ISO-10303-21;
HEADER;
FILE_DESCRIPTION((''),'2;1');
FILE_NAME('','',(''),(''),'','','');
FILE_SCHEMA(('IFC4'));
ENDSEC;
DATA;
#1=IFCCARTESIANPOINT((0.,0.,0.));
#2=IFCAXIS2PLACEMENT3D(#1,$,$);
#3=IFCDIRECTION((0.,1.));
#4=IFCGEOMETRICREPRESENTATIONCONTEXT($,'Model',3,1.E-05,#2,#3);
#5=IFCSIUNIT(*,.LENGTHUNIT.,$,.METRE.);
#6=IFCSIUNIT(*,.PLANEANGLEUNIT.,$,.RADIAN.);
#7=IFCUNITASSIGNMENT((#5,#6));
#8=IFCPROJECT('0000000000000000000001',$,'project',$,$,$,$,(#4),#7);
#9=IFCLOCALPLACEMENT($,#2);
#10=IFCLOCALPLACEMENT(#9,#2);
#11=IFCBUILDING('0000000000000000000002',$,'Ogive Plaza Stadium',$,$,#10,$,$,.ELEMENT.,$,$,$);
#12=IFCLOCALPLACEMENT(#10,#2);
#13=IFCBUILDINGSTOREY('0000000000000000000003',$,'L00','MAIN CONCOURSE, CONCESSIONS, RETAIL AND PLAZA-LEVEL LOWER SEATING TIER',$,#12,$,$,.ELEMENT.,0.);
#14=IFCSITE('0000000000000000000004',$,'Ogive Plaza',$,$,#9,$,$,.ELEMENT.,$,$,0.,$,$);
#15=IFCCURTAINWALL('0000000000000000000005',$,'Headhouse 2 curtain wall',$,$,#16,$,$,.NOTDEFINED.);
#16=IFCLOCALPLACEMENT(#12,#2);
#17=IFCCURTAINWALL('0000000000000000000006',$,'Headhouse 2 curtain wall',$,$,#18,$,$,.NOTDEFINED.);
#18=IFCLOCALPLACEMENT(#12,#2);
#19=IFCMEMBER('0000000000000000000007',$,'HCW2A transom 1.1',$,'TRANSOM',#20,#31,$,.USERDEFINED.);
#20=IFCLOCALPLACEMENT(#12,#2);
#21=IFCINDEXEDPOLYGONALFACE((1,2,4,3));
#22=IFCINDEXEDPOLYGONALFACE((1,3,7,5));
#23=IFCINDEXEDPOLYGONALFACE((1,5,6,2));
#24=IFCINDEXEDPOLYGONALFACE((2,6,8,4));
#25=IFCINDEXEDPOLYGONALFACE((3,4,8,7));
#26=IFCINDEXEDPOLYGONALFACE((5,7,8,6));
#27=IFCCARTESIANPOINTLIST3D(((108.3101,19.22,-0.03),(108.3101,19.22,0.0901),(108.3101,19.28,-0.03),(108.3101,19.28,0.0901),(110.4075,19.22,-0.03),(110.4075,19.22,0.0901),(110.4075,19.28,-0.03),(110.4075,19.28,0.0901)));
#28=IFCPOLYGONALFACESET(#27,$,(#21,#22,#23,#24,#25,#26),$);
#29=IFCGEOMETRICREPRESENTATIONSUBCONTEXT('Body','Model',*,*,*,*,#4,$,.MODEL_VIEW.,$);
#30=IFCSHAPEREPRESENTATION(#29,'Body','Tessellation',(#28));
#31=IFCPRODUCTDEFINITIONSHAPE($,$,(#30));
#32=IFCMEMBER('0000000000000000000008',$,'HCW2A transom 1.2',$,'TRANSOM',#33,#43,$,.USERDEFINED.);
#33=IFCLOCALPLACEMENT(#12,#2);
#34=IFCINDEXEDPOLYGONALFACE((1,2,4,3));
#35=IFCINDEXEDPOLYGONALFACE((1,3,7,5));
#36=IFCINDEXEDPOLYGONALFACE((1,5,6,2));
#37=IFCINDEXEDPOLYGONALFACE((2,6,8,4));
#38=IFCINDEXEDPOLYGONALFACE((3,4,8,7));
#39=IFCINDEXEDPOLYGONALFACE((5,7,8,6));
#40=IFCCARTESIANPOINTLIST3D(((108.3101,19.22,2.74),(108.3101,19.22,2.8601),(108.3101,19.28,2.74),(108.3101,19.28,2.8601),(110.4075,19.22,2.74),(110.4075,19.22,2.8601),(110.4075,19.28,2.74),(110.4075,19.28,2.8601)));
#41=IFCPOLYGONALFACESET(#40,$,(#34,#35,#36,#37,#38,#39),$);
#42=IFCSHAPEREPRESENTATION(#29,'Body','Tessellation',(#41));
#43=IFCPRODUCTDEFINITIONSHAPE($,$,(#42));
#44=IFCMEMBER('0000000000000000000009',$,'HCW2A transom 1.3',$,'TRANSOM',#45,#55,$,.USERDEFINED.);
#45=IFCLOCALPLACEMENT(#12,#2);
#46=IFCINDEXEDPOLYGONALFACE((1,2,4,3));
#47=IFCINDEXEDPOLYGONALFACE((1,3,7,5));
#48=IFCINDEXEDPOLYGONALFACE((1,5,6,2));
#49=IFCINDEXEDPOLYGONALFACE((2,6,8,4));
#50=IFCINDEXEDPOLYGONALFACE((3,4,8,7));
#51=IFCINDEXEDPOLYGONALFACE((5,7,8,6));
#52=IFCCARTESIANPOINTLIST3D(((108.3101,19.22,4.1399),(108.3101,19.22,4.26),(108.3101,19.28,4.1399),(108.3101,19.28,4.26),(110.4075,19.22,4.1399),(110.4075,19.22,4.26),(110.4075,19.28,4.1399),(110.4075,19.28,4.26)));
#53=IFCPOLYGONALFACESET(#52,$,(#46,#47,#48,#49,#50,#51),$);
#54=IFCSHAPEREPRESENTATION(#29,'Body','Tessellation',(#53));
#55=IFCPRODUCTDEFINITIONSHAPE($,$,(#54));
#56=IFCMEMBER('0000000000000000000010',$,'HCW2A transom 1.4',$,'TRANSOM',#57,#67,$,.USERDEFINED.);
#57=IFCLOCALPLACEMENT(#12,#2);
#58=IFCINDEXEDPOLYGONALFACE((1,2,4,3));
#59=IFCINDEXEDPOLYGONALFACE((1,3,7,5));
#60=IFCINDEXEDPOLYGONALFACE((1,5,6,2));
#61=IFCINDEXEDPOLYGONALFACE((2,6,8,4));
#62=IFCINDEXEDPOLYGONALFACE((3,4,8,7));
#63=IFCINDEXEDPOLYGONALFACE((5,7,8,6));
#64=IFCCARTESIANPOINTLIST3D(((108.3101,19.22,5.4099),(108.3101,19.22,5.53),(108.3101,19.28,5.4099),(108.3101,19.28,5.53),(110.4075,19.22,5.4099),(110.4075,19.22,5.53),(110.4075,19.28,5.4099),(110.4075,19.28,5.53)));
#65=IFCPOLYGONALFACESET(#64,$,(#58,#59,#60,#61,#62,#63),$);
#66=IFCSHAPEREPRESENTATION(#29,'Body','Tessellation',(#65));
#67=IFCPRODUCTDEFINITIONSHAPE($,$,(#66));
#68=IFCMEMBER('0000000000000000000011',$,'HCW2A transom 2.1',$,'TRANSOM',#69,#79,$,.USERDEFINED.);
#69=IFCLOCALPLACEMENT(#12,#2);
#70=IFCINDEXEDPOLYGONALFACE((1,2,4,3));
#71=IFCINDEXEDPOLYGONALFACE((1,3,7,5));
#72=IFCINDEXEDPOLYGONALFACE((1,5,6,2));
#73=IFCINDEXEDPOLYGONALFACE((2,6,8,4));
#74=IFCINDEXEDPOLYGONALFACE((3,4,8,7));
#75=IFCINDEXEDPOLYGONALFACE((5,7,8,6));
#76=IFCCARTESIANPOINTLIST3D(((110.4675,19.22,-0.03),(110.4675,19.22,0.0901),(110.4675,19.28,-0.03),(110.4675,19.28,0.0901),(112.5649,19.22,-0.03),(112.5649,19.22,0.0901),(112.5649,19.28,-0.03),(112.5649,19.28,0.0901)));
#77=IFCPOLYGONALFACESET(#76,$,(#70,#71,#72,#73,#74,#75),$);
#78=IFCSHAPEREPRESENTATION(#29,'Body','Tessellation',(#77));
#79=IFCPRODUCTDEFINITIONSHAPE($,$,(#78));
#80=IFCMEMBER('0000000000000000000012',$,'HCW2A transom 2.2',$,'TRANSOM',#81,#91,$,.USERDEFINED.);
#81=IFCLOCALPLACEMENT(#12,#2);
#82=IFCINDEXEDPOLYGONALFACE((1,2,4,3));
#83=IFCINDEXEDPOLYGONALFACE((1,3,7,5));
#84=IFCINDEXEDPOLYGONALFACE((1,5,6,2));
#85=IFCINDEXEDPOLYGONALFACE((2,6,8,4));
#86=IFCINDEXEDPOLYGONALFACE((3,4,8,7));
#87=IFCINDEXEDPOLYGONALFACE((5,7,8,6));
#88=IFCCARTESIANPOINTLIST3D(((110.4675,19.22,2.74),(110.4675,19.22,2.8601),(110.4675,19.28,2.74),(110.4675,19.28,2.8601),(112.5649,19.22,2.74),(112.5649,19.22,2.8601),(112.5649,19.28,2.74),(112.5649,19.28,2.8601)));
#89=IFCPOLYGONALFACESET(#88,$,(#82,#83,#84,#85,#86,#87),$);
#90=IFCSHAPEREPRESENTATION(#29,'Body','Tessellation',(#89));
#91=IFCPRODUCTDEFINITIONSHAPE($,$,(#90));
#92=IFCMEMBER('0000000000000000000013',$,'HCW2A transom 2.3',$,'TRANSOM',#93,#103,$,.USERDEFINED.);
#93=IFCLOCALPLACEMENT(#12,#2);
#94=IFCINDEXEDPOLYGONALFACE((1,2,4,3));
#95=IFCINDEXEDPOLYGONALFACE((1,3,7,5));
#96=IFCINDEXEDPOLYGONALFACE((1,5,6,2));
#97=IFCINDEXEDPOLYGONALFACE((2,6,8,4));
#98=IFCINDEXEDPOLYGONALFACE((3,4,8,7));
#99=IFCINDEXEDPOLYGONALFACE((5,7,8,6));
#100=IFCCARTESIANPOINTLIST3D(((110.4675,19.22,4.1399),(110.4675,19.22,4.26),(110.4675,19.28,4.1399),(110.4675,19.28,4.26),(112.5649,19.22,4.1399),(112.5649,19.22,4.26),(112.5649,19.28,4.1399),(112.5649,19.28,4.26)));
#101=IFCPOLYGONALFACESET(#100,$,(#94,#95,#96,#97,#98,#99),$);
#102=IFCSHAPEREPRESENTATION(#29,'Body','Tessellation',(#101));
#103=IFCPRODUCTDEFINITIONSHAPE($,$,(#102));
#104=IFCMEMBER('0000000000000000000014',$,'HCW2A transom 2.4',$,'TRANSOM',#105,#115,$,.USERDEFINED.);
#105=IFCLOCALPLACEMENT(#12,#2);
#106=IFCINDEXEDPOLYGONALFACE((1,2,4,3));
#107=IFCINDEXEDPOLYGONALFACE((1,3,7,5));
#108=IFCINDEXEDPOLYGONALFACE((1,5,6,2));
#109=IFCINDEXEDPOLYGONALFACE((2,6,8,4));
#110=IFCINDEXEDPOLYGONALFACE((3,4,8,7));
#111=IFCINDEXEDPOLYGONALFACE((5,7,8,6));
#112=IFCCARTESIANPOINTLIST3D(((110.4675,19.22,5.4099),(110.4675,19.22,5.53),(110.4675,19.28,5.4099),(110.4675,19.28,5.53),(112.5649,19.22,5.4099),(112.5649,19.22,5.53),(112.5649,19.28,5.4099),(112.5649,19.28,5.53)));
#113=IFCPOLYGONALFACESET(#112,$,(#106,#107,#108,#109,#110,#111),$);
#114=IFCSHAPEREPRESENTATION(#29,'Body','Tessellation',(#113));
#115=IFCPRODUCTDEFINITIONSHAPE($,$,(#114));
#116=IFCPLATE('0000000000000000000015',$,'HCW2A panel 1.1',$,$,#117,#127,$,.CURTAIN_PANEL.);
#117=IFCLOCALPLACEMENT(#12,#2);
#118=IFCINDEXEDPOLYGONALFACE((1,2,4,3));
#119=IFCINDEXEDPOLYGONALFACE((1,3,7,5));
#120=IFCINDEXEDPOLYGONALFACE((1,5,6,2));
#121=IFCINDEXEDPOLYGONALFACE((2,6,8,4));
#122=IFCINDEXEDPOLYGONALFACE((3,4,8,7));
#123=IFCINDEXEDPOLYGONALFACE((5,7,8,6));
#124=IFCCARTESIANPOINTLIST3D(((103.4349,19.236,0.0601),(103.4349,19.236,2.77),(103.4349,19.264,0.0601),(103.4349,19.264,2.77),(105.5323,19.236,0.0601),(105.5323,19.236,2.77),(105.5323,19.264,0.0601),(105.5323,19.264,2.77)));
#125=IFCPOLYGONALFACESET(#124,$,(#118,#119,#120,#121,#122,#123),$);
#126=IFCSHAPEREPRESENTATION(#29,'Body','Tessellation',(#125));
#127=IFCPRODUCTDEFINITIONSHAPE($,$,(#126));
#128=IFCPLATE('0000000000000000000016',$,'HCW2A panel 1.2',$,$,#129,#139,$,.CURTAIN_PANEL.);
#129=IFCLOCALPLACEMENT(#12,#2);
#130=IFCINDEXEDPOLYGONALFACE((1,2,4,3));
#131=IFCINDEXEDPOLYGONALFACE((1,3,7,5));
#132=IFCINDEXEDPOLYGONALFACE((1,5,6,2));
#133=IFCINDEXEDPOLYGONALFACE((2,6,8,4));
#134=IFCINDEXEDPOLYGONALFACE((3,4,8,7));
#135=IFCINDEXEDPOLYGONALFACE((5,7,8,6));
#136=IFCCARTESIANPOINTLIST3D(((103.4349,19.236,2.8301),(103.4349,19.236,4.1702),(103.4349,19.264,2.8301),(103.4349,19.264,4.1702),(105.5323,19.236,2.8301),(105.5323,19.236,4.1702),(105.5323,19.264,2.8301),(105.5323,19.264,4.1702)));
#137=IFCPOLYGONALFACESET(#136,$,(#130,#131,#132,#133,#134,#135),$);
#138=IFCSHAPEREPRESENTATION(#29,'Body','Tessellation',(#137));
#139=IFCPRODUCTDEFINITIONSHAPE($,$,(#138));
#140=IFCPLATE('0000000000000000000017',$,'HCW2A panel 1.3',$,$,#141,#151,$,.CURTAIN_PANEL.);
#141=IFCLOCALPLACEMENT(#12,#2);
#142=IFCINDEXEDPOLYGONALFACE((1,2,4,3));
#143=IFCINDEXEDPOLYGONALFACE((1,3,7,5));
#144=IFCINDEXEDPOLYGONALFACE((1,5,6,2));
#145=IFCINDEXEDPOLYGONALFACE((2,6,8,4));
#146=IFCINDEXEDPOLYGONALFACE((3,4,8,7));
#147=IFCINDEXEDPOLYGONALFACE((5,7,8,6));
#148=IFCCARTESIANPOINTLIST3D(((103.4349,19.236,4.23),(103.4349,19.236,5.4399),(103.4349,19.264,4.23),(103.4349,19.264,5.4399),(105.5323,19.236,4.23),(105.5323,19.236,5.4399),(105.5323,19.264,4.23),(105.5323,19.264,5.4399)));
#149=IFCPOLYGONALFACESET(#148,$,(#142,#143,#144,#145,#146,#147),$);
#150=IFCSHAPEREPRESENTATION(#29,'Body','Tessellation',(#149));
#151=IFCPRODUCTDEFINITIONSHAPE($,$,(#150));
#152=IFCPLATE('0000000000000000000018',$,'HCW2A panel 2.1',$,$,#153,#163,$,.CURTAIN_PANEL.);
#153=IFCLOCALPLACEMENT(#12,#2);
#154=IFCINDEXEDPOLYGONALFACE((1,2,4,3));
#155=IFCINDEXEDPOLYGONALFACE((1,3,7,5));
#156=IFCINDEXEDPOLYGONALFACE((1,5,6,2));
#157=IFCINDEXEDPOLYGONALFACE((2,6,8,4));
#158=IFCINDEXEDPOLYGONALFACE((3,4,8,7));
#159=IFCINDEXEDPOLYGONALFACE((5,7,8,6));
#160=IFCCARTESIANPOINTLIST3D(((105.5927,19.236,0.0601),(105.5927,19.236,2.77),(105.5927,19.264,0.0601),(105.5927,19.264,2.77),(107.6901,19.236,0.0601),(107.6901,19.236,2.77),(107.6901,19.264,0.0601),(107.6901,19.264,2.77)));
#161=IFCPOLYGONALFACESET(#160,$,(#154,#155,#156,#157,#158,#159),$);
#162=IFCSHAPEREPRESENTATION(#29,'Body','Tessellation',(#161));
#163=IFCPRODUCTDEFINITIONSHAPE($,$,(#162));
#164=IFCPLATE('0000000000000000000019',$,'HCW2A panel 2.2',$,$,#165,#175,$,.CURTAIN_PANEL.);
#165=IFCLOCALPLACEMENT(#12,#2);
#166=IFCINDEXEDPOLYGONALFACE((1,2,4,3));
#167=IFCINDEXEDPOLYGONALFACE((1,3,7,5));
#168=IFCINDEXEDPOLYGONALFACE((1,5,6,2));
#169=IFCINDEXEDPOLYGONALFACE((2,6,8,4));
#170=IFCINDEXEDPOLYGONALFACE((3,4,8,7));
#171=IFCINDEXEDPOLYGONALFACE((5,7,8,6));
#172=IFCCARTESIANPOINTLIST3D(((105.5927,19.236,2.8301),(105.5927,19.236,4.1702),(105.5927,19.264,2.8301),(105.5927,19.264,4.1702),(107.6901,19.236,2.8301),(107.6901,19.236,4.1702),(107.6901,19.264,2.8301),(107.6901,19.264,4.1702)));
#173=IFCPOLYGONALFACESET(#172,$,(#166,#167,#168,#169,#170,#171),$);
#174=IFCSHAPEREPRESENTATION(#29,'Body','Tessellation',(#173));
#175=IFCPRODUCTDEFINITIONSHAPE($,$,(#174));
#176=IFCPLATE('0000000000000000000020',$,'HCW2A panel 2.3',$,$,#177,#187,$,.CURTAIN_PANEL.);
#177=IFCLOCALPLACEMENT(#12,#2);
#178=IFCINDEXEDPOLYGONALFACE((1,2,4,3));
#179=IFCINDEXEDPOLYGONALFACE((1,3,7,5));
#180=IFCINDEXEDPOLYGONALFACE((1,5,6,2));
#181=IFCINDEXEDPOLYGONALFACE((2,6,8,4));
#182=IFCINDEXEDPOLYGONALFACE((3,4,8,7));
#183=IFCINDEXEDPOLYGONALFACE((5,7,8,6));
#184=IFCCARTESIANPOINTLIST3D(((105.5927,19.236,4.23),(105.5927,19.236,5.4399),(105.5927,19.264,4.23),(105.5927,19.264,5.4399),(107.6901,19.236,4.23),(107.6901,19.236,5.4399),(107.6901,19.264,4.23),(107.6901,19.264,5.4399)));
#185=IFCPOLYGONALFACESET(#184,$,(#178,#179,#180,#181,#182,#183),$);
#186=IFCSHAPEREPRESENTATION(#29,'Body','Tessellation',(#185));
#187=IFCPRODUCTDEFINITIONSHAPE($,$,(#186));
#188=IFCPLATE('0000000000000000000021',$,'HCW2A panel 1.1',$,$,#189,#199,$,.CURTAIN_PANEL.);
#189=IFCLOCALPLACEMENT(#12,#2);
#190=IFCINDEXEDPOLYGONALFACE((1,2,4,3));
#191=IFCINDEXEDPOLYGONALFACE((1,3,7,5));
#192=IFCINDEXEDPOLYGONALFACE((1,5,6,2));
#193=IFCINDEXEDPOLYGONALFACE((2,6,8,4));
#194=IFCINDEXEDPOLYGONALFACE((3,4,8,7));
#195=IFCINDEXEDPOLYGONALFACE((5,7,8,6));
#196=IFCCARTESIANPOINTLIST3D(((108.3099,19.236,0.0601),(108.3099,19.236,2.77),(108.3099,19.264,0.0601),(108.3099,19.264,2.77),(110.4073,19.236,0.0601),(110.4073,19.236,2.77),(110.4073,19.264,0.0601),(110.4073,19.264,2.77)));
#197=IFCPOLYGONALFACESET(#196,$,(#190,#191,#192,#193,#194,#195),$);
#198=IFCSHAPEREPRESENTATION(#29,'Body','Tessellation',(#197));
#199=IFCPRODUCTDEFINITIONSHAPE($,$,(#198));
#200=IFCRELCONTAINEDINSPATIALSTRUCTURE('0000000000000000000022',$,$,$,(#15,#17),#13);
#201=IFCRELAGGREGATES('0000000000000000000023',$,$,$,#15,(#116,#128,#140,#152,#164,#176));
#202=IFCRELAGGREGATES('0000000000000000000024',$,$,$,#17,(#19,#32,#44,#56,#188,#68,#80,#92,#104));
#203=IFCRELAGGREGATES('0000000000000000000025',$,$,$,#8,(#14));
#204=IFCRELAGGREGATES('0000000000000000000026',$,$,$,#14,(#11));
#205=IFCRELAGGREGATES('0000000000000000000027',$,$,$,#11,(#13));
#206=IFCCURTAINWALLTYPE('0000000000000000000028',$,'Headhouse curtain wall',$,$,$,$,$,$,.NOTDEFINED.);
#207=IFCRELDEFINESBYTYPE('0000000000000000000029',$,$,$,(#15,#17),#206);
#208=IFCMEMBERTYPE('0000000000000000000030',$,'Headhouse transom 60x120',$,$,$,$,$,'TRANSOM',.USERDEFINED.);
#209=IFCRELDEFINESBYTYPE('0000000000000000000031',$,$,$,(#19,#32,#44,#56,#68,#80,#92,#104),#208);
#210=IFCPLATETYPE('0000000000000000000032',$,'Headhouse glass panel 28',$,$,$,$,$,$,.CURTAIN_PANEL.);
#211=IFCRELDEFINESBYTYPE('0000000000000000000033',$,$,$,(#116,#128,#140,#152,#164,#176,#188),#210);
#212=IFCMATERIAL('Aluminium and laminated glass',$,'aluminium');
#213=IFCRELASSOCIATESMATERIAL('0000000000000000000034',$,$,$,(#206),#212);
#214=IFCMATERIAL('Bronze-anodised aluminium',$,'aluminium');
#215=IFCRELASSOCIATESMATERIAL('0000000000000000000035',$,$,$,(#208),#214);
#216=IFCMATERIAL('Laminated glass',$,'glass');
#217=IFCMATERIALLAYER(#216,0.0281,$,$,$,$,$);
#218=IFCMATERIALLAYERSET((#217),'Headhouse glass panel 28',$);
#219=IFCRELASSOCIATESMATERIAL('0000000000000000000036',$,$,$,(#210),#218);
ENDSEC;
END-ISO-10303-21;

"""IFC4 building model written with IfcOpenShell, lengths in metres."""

from ifc_helpers import new_model, si_unit, direction, frame, origin, origin_2d, place, context, subcontext, project, spatial, rectangle, extrude, material, layer, layer_set, material_profile, profile_set, type_object, element, aggregate, save


model = new_model("IFC4")

# Units and contexts
model_context = context("Model", 3, precision=1e-05, world=origin(), true_north=direction((0.0, 1.0)))
body_context = subcontext(model_context, "Body", "Model", "MODEL_VIEW")
ifc_project = project(units=[si_unit("LENGTHUNIT", "METRE"), si_unit("PLANEANGLEUNIT", "RADIAN")], contexts=[model_context])

# Site, building, storey
site_placement = place(None, origin())
site = spatial("IfcSite", under=ifc_project, at=site_placement, Name="Ogive Plaza", CompositionType="ELEMENT", RefElevation=0.0)
building_placement = place(site_placement, origin())
building = spatial("IfcBuilding", under=site, at=building_placement, Name="Ogive Plaza Stadium", CompositionType="ELEMENT")
storey_placement = place(building_placement, origin())
storey = spatial("IfcBuildingStorey", under=building, at=storey_placement, Name="L00", Description="MAIN CONCOURSE, CONCESSIONS, RETAIL AND PLAZA-LEVEL LOWER SEATING TIER", CompositionType="ELEMENT", Elevation=0.0)

# Curtain walls
ifc_material_1 = material(Name="Aluminium and laminated glass", Category="aluminium")
curtain_wall_type = type_object("IfcCurtainWallType", Name="Headhouse curtain wall", PredefinedType="NOTDEFINED", material=ifc_material_1)
curtain_wall_1_placement = place(storey_placement, origin())
curtain_wall_1 = element("IfcCurtainWall", 1, at=curtain_wall_1_placement, inside=storey, type_object=curtain_wall_type, Name="Headhouse 2 curtain wall", PredefinedType="NOTDEFINED")
curtain_wall_2_placement = place(storey_placement, origin())
curtain_wall_2 = element("IfcCurtainWall", 2, at=curtain_wall_2_placement, inside=storey, type_object=curtain_wall_type, Name="Headhouse 2 curtain wall", PredefinedType="NOTDEFINED")

# Members
ifc_material_2 = material(Name="Bronze-anodised aluminium", Category="aluminium")
ifc_material_profile_1 = material_profile(ifc_material_2, rectangle(XDim=0.0601, YDim=0.1201, at=origin_2d()), Name="Headhouse transom 60x120")
ifc_profile_set_1 = profile_set([ifc_material_profile_1], Name="Bronze-anodised aluminium")
member_type_1 = type_object("IfcMemberType", Name="Headhouse transom 60x120", ElementType="TRANSOM", PredefinedType="USERDEFINED", material=ifc_profile_set_1)
member_1_placement = place(storey_placement, frame((108.3101, 19.25, 0.03), z_axis=(1.0, 0.0, 0.0), x_axis=(0.0, 1.0, 0.0)))
member_1 = element("IfcMember", 3, at=member_1_placement, type_object=member_type_1, Name="HCW2A transom 1.1", ObjectType="TRANSOM", PredefinedType="USERDEFINED", context=body_context, shape_type="SweptSolid", body=[
    extrude(rectangle(XDim=0.0601, YDim=0.1201, at=origin_2d()), origin(), (0.0, 0.0, 1.0), 2.0974),
])
member_2_placement = place(storey_placement, frame((108.3101, 19.25, 2.8), z_axis=(1.0, 0.0, 0.0), x_axis=(0.0, 1.0, 0.0)))
member_2 = element("IfcMember", 4, at=member_2_placement, type_object=member_type_1, Name="HCW2A transom 1.2", ObjectType="TRANSOM", PredefinedType="USERDEFINED", context=body_context, shape_type="SweptSolid", body=[
    extrude(rectangle(XDim=0.0601, YDim=0.1201, at=origin_2d()), origin(), (0.0, 0.0, 1.0), 2.0974),
])
member_3_placement = place(storey_placement, frame((108.3101, 19.25, 4.2), z_axis=(1.0, 0.0, 0.0), x_axis=(0.0, 1.0, 0.0)))
member_3 = element("IfcMember", 5, at=member_3_placement, type_object=member_type_1, Name="HCW2A transom 1.3", ObjectType="TRANSOM", PredefinedType="USERDEFINED", context=body_context, shape_type="SweptSolid", body=[
    extrude(rectangle(XDim=0.0601, YDim=0.1201, at=origin_2d()), origin(), (0.0, 0.0, 1.0), 2.0974),
])
member_4_placement = place(storey_placement, frame((108.3101, 19.25, 5.47), z_axis=(1.0, 0.0, 0.0), x_axis=(0.0, 1.0, 0.0)))
member_4 = element("IfcMember", 6, at=member_4_placement, type_object=member_type_1, Name="HCW2A transom 1.4", ObjectType="TRANSOM", PredefinedType="USERDEFINED", context=body_context, shape_type="SweptSolid", body=[
    extrude(rectangle(XDim=0.0601, YDim=0.1201, at=origin_2d()), origin(), (0.0, 0.0, 1.0), 2.0974),
])
member_5_placement = place(storey_placement, frame((110.4675, 19.25, 0.03), z_axis=(1.0, 0.0, 0.0), x_axis=(0.0, 1.0, 0.0)))
member_5 = element("IfcMember", 7, at=member_5_placement, type_object=member_type_1, Name="HCW2A transom 2.1", ObjectType="TRANSOM", PredefinedType="USERDEFINED", context=body_context, shape_type="SweptSolid", body=[
    extrude(rectangle(XDim=0.0601, YDim=0.1201, at=origin_2d()), origin(), (0.0, 0.0, 1.0), 2.0974),
])
member_6_placement = place(storey_placement, frame((110.4675, 19.25, 2.8), z_axis=(1.0, 0.0, 0.0), x_axis=(0.0, 1.0, 0.0)))
member_6 = element("IfcMember", 8, at=member_6_placement, type_object=member_type_1, Name="HCW2A transom 2.2", ObjectType="TRANSOM", PredefinedType="USERDEFINED", context=body_context, shape_type="SweptSolid", body=[
    extrude(rectangle(XDim=0.0601, YDim=0.1201, at=origin_2d()), origin(), (0.0, 0.0, 1.0), 2.0974),
])
member_7_placement = place(storey_placement, frame((110.4675, 19.25, 4.2), z_axis=(1.0, 0.0, 0.0), x_axis=(0.0, 1.0, 0.0)))
member_7 = element("IfcMember", 9, at=member_7_placement, type_object=member_type_1, Name="HCW2A transom 2.3", ObjectType="TRANSOM", PredefinedType="USERDEFINED", context=body_context, shape_type="SweptSolid", body=[
    extrude(rectangle(XDim=0.0601, YDim=0.1201, at=origin_2d()), origin(), (0.0, 0.0, 1.0), 2.0974),
])
member_8_placement = place(storey_placement, frame((110.4675, 19.25, 5.47), z_axis=(1.0, 0.0, 0.0), x_axis=(0.0, 1.0, 0.0)))
member_8 = element("IfcMember", 10, at=member_8_placement, type_object=member_type_1, Name="HCW2A transom 2.4", ObjectType="TRANSOM", PredefinedType="USERDEFINED", context=body_context, shape_type="SweptSolid", body=[
    extrude(rectangle(XDim=0.0601, YDim=0.1201, at=origin_2d()), origin(), (0.0, 0.0, 1.0), 2.0974),
])

# Plates
ifc_material_3 = material(Name="Laminated glass", Category="glass")
ifc_layer_1 = layer(ifc_material_3, 0.0281)
ifc_layer_set_1 = layer_set([ifc_layer_1], Name="Headhouse glass panel 28")
plate_type = type_object("IfcPlateType", Name="Headhouse glass panel 28", PredefinedType="CURTAIN_PANEL", material=ifc_layer_set_1)
plate_1_placement = place(storey_placement, frame((104.4836, 19.25, 0.0601), z_axis=(0.0, 0.0, 1.0), x_axis=(1.0, 0.0, 0.0)))
plate_1 = element("IfcPlate", 11, at=plate_1_placement, type_object=plate_type, Name="HCW2A panel 1.1", PredefinedType="CURTAIN_PANEL", context=body_context, shape_type="SweptSolid", body=[
    extrude(rectangle(XDim=2.0974, YDim=0.0281, at=origin_2d()), origin(), (0.0, 0.0, 1.0), 2.71),
])
plate_2_placement = place(storey_placement, frame((104.4836, 19.25, 2.8301), z_axis=(0.0, 0.0, 1.0), x_axis=(1.0, 0.0, 0.0)))
plate_2 = element("IfcPlate", 12, at=plate_2_placement, type_object=plate_type, Name="HCW2A panel 1.2", PredefinedType="CURTAIN_PANEL", context=body_context, shape_type="SweptSolid", body=[
    extrude(rectangle(XDim=2.0974, YDim=0.0281, at=origin_2d()), origin(), (0.0, 0.0, 1.0), 1.3401),
])
plate_3_placement = place(storey_placement, frame((104.4836, 19.25, 4.23), z_axis=(0.0, 0.0, 1.0), x_axis=(1.0, 0.0, 0.0)))
plate_3 = element("IfcPlate", 13, at=plate_3_placement, type_object=plate_type, Name="HCW2A panel 1.3", PredefinedType="CURTAIN_PANEL", context=body_context, shape_type="SweptSolid", body=[
    extrude(rectangle(XDim=2.0974, YDim=0.0281, at=origin_2d()), origin(), (0.0, 0.0, 1.0), 1.21),
])
plate_4_placement = place(storey_placement, frame((106.6414, 19.25, 0.0601), z_axis=(0.0, 0.0, 1.0), x_axis=(1.0, 0.0, 0.0)))
plate_4 = element("IfcPlate", 14, at=plate_4_placement, type_object=plate_type, Name="HCW2A panel 2.1", PredefinedType="CURTAIN_PANEL", context=body_context, shape_type="SweptSolid", body=[
    extrude(rectangle(XDim=2.0974, YDim=0.0281, at=origin_2d()), origin(), (0.0, 0.0, 1.0), 2.71),
])
plate_5_placement = place(storey_placement, frame((106.6414, 19.25, 2.8301), z_axis=(0.0, 0.0, 1.0), x_axis=(1.0, 0.0, 0.0)))
plate_5 = element("IfcPlate", 15, at=plate_5_placement, type_object=plate_type, Name="HCW2A panel 2.2", PredefinedType="CURTAIN_PANEL", context=body_context, shape_type="SweptSolid", body=[
    extrude(rectangle(XDim=2.0974, YDim=0.0281, at=origin_2d()), origin(), (0.0, 0.0, 1.0), 1.3401),
])
plate_6_placement = place(storey_placement, frame((106.6414, 19.25, 4.23), z_axis=(0.0, 0.0, 1.0), x_axis=(1.0, 0.0, 0.0)))
plate_6 = element("IfcPlate", 16, at=plate_6_placement, type_object=plate_type, Name="HCW2A panel 2.3", PredefinedType="CURTAIN_PANEL", context=body_context, shape_type="SweptSolid", body=[
    extrude(rectangle(XDim=2.0974, YDim=0.0281, at=origin_2d()), origin(), (0.0, 0.0, 1.0), 1.21),
])
aggregate(curtain_wall_1, [plate_1, plate_2, plate_3, plate_4, plate_5, plate_6])
plate_7_placement = place(storey_placement, frame((109.3586, 19.25, 0.0601), z_axis=(0.0, 0.0, 1.0), x_axis=(1.0, 0.0, 0.0)))
plate_7 = element("IfcPlate", 17, at=plate_7_placement, type_object=plate_type, Name="HCW2A panel 1.1", PredefinedType="CURTAIN_PANEL", context=body_context, shape_type="SweptSolid", body=[
    extrude(rectangle(XDim=2.0974, YDim=0.0281, at=origin_2d()), origin(), (0.0, 0.0, 1.0), 2.71),
])
aggregate(curtain_wall_2, [member_1, member_2, member_3, member_4, plate_7, member_5, member_6, member_7, member_8])

save(model, "model.ifc")
